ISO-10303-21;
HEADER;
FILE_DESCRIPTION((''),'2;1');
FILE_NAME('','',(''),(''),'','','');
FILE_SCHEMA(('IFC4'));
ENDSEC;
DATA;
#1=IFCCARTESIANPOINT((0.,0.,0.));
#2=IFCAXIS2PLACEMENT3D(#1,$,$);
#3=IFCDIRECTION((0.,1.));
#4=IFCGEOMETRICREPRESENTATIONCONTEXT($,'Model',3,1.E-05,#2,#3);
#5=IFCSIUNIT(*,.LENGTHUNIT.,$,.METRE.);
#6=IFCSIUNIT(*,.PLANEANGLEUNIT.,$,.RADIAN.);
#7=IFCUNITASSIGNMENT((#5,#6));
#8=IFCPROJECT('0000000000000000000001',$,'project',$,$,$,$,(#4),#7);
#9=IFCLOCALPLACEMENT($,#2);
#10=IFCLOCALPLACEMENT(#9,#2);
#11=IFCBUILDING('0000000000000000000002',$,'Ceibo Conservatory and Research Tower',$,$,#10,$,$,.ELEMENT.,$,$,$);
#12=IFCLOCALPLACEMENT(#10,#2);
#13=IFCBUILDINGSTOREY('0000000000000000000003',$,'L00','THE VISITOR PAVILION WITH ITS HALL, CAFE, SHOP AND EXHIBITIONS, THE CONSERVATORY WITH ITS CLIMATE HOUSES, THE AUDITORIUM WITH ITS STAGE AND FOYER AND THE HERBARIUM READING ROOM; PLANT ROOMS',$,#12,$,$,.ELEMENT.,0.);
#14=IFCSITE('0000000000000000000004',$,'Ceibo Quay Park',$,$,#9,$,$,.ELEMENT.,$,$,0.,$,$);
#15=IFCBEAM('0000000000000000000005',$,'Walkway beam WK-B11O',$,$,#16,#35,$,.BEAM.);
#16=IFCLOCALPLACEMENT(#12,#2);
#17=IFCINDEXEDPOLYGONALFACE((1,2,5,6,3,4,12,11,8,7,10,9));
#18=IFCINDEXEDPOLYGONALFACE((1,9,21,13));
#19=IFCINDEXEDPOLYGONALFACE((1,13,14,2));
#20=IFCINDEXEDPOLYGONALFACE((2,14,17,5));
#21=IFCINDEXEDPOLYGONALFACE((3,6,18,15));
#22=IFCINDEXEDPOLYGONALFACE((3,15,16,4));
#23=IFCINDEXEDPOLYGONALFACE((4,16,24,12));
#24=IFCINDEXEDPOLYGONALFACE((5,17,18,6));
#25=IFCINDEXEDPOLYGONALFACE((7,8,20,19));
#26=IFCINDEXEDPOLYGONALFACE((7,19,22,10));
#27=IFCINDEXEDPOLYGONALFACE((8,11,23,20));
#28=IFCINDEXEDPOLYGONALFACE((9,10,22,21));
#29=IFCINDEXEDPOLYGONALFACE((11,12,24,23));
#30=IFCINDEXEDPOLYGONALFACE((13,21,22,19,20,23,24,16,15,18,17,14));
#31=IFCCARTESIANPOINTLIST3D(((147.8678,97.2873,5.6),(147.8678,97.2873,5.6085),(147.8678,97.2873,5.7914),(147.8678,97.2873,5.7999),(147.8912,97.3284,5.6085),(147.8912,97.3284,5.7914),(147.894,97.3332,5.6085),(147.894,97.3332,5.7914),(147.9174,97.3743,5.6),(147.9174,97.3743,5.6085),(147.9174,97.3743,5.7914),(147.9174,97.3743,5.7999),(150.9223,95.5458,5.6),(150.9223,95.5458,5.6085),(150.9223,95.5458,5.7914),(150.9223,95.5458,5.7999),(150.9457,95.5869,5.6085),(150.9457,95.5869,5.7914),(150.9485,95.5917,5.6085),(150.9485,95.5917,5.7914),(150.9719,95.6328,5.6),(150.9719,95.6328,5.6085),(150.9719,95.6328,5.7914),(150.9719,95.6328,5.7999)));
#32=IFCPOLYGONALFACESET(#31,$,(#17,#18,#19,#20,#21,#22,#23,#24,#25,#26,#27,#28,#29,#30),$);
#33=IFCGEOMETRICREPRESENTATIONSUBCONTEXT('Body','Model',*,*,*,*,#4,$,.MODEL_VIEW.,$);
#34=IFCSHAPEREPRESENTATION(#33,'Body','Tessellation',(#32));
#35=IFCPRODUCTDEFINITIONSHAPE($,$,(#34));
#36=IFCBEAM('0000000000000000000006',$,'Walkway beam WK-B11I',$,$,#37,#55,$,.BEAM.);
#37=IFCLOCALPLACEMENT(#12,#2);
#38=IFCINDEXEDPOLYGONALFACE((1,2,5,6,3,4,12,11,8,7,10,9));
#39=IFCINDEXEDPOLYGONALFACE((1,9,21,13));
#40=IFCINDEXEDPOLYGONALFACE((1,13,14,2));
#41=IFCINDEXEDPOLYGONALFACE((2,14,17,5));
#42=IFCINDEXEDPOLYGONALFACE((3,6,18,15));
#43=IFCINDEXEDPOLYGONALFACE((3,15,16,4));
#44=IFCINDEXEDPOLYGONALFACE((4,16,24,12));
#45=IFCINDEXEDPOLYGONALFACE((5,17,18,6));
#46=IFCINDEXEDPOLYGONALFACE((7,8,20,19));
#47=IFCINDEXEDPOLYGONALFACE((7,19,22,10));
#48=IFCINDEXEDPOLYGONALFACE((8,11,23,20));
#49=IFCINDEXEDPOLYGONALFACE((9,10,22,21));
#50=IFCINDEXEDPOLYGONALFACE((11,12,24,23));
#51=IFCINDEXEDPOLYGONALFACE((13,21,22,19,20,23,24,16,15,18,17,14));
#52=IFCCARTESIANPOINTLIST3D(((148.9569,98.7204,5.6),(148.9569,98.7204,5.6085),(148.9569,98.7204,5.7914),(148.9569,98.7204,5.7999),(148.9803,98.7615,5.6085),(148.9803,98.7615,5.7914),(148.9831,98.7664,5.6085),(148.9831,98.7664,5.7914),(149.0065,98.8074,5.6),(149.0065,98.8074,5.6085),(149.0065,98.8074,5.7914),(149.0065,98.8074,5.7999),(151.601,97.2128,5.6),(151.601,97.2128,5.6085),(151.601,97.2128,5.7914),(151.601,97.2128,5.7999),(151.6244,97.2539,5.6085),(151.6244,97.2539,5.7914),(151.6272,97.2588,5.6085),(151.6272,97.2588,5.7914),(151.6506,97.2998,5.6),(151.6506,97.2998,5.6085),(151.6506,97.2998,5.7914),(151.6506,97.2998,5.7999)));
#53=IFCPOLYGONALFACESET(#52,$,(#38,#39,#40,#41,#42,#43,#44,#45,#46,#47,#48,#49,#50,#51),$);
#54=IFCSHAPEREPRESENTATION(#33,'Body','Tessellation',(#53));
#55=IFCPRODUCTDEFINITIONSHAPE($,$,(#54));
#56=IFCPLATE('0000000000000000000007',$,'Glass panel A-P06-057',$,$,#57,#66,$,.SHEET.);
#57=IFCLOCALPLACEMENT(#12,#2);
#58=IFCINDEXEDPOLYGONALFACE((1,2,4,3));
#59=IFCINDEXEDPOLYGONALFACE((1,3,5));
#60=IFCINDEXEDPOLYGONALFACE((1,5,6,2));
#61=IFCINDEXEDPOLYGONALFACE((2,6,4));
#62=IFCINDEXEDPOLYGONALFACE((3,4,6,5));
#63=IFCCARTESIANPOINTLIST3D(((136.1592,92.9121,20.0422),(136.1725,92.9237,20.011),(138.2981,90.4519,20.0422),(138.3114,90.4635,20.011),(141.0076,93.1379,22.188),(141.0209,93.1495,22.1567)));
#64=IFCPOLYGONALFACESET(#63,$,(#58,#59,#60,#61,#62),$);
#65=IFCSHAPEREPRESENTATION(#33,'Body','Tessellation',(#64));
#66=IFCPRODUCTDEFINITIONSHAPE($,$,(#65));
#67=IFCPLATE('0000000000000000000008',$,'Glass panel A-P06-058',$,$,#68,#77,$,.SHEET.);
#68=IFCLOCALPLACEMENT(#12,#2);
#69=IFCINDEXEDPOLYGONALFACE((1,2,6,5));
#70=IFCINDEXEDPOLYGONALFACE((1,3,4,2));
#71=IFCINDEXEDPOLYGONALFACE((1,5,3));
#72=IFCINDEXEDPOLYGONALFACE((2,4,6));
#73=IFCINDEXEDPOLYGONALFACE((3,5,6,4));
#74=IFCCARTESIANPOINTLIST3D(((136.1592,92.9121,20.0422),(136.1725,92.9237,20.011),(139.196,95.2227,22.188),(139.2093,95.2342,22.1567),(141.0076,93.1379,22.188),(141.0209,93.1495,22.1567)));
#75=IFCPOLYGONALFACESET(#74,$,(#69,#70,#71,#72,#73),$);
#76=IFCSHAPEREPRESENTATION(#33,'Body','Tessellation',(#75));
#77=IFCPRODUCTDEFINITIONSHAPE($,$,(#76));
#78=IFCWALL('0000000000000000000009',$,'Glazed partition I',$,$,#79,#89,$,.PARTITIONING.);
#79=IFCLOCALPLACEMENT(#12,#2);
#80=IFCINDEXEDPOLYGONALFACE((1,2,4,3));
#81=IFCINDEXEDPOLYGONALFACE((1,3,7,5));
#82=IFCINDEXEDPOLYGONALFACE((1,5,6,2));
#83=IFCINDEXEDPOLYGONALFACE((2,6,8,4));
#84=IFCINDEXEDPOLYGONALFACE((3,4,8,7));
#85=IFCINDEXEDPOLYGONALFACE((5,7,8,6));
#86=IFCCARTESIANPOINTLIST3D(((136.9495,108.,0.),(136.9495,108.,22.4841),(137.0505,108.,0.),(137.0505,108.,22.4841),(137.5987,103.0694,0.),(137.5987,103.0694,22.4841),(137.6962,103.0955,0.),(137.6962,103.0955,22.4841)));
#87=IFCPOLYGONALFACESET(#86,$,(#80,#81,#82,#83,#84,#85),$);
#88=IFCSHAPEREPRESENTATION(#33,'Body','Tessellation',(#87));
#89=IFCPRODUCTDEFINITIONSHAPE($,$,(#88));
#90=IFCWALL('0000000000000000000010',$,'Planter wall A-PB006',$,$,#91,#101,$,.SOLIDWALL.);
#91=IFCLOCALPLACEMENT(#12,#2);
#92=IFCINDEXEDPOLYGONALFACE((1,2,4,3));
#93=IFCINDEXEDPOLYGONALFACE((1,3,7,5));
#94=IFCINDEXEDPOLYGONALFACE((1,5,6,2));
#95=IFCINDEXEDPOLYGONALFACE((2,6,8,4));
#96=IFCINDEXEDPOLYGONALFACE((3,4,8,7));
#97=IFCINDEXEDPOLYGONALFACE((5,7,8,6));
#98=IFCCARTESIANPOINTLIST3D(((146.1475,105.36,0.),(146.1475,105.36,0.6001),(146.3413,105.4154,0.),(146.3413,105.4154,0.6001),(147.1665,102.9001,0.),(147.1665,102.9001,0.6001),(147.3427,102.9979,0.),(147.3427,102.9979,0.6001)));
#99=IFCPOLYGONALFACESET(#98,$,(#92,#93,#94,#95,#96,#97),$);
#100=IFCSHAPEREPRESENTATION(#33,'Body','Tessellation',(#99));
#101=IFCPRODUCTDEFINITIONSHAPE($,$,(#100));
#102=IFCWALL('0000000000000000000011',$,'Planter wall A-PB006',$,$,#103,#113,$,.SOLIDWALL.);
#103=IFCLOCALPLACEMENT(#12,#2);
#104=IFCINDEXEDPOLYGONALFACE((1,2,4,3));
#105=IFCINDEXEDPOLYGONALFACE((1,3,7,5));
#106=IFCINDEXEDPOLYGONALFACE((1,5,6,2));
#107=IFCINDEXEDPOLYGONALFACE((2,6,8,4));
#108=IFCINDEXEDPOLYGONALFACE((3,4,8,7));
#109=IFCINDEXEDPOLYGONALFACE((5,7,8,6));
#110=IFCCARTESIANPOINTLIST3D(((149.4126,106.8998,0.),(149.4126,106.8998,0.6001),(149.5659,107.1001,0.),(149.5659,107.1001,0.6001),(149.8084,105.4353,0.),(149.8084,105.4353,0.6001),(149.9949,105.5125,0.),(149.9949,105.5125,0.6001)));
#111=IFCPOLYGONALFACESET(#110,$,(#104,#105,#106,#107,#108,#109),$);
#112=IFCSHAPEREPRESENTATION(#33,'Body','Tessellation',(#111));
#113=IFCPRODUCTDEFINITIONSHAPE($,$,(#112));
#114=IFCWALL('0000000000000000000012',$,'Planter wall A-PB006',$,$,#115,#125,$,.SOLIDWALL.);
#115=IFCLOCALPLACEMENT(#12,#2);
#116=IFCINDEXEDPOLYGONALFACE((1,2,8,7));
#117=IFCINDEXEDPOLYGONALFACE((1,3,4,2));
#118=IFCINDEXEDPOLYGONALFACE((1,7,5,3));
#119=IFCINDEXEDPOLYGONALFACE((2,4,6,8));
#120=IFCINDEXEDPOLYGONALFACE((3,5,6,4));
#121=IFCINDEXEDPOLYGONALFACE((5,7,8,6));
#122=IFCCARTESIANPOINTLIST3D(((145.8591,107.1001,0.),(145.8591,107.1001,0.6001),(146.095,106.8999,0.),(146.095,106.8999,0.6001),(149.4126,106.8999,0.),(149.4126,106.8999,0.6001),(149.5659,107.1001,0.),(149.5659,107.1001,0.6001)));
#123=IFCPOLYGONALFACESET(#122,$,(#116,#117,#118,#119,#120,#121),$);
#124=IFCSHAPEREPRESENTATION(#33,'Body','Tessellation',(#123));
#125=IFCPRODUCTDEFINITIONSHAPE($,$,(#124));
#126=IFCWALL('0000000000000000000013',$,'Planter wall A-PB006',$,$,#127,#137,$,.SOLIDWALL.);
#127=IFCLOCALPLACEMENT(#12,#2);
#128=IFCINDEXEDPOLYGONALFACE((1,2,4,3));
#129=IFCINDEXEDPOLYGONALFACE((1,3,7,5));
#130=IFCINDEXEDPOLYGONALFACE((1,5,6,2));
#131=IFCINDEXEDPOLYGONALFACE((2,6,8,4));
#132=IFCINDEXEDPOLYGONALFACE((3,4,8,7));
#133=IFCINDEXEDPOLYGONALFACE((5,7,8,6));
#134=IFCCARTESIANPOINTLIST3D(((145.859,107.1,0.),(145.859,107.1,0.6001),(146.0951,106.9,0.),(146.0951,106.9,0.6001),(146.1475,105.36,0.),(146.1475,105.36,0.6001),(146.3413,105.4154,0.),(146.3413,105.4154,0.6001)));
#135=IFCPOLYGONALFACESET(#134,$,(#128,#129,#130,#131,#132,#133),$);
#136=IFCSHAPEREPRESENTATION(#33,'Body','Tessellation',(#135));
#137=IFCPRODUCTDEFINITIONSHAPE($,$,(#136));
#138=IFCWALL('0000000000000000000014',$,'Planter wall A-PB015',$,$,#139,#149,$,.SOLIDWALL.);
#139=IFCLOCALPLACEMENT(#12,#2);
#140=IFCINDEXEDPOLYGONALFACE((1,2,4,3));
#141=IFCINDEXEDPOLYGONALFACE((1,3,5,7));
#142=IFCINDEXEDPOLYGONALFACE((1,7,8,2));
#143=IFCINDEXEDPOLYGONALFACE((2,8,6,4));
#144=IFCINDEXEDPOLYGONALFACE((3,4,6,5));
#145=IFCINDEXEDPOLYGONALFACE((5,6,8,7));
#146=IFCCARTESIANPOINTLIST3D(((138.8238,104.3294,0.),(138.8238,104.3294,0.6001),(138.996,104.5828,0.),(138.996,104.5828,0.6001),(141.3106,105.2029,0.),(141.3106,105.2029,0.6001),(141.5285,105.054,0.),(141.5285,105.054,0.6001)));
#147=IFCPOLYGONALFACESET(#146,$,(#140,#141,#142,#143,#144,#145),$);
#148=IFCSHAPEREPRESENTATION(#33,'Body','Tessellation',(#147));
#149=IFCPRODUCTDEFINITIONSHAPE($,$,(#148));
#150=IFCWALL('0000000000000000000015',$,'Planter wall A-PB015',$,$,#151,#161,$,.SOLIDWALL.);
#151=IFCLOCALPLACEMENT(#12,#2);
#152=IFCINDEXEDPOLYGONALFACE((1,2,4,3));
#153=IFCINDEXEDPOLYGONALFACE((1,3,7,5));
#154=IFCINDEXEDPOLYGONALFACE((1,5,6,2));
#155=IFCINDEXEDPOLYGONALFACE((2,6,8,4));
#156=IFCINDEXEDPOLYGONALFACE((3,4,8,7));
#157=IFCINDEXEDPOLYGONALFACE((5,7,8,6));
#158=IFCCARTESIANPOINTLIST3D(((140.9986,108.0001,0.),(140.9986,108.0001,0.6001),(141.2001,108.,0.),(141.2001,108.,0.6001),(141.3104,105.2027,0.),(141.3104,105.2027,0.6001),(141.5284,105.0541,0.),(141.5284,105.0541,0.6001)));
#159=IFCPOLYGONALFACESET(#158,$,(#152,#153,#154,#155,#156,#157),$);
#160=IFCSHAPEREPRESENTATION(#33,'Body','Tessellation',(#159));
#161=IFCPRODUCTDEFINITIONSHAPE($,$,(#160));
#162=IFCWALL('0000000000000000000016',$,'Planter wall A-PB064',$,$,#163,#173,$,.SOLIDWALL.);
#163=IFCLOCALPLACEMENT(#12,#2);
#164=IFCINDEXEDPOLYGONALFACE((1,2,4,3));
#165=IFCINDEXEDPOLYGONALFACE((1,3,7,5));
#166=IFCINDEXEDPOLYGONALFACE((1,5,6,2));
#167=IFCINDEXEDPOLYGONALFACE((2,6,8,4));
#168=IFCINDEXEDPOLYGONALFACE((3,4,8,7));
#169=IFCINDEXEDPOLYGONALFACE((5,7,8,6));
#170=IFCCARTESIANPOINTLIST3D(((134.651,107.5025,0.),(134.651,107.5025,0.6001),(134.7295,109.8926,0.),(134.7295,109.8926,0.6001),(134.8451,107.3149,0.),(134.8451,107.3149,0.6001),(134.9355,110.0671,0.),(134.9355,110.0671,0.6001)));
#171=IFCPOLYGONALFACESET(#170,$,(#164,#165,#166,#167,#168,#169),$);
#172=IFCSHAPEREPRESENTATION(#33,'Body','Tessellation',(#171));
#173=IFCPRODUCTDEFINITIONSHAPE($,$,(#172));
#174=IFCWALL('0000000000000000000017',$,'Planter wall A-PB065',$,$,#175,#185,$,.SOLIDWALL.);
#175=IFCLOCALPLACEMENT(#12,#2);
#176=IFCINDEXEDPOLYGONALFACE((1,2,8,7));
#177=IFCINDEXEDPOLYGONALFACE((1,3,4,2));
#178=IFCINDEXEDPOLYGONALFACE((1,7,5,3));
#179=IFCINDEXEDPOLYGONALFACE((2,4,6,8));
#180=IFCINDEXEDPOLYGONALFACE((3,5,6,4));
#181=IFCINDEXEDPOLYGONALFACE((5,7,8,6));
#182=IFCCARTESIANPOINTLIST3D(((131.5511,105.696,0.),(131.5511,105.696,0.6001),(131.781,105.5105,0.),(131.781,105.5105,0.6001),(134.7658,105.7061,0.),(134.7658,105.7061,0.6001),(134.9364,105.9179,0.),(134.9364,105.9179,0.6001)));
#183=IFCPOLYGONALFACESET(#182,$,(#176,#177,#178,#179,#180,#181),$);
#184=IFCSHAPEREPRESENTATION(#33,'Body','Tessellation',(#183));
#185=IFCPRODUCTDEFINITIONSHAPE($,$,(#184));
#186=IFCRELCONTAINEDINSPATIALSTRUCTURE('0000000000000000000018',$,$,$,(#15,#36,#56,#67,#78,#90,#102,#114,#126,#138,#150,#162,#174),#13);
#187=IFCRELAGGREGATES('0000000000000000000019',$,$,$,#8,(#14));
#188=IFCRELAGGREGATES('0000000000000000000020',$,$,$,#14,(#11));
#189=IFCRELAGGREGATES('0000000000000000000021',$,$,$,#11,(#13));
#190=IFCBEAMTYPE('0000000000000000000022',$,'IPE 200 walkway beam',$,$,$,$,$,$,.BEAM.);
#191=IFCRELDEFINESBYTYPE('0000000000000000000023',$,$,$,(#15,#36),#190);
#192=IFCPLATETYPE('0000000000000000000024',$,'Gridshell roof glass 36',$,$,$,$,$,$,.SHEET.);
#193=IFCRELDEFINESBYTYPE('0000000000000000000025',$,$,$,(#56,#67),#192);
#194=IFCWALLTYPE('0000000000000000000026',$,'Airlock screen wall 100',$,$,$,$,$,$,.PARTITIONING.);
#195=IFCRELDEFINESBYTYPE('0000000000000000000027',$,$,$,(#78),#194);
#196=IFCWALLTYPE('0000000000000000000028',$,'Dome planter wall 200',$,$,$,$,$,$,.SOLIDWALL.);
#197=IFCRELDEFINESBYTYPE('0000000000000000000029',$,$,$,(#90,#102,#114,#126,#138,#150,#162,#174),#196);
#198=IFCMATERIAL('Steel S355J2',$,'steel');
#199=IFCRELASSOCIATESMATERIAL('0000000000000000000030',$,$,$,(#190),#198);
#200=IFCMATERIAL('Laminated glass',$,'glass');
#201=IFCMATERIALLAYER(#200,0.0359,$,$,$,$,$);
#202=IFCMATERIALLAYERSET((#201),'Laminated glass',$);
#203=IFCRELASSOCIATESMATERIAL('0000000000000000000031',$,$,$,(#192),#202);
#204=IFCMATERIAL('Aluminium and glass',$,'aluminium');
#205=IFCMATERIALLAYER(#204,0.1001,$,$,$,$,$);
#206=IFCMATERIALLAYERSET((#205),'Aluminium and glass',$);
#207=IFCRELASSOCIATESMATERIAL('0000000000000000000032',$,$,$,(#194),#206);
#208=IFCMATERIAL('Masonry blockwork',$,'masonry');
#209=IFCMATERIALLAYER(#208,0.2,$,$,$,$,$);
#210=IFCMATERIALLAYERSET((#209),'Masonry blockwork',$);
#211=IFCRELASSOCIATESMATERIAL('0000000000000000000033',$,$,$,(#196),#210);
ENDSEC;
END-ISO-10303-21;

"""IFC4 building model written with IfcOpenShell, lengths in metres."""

from ifc_helpers import new_model, si_unit, direction, frame, origin, origin_2d, place, context, subcontext, project, spatial, polyline, i_section, outline, extrude, material, layer, layer_set, material_profile, profile_set, type_object, element, save


model = new_model("IFC4")

# Units and contexts
model_context = context("Model", 3, precision=1e-05, world=origin(), true_north=direction((0.0, 1.0)))
body_context = subcontext(model_context, "Body", "Model", "MODEL_VIEW")
ifc_project = project(units=[si_unit("LENGTHUNIT", "METRE"), si_unit("PLANEANGLEUNIT", "RADIAN")], contexts=[model_context])

# Site, building, storey
site_placement = place(None, origin())
site = spatial("IfcSite", under=ifc_project, at=site_placement, Name="Ceibo Quay Park", CompositionType="ELEMENT", RefElevation=0.0)
building_placement = place(site_placement, origin())
building = spatial("IfcBuilding", under=site, at=building_placement, Name="Ceibo Conservatory and Research Tower", CompositionType="ELEMENT")
storey_placement = place(building_placement, origin())
storey = spatial("IfcBuildingStorey", under=building, at=storey_placement, Name="L00", Description="THE VISITOR PAVILION WITH ITS HALL, CAFE, SHOP AND EXHIBITIONS, THE CONSERVATORY WITH ITS CLIMATE HOUSES, THE AUDITORIUM WITH ITS STAGE AND FOYER AND THE HERBARIUM READING ROOM; PLANT ROOMS", CompositionType="ELEMENT", Elevation=0.0)

# Beams
ifc_material_1 = material(Name="Steel S355J2", Category="steel")
ifc_material_profile_1 = material_profile(ifc_material_1, i_section(OverallWidth=0.1001, OverallDepth=0.2, WebThickness=0.0056, FlangeThickness=0.0085, at=origin_2d()), Name="IPE 200")
ifc_profile_set_1 = profile_set([ifc_material_profile_1], Name="Steel S355J2")
beam_type = type_object("IfcBeamType", Name="IPE 200 walkway beam", PredefinedType="BEAM", material=ifc_profile_set_1)
beam_1_placement = place(storey_placement, frame((147.8926, 97.3308, 5.7), z_axis=(0.868726, -0.495294, 0.0), x_axis=(0.495294, 0.868726, 0.0)))
element("IfcBeam", 1, at=beam_1_placement, inside=storey, type_object=beam_type, Name="Walkway beam WK-B11O", PredefinedType="BEAM", context=body_context, shape_type="SweptSolid", body=[
    extrude(i_section(OverallWidth=0.1001, OverallDepth=0.2, WebThickness=0.0056, FlangeThickness=0.0085, at=origin_2d()), origin(), (0.0, 0.0, 1.0), 3.5161),
])
beam_2_placement = place(storey_placement, frame((148.9817, 98.7639, 5.7), z_axis=(0.868712, -0.495318, 0.0), x_axis=(0.495318, 0.868712, 0.0)))
element("IfcBeam", 2, at=beam_2_placement, inside=storey, type_object=beam_type, Name="Walkway beam WK-B11I", PredefinedType="BEAM", context=body_context, shape_type="SweptSolid", body=[
    extrude(i_section(OverallWidth=0.1001, OverallDepth=0.2, WebThickness=0.0056, FlangeThickness=0.0085, at=origin_2d()), origin(), (0.0, 0.0, 1.0), 3.0437),
])

# Plates
ifc_material_2 = material(Name="Laminated glass", Category="glass")
ifc_layer_1 = layer(ifc_material_2, 0.0359)
ifc_layer_set_1 = layer_set([ifc_layer_1], Name="Laminated glass")
plate_type = type_object("IfcPlateType", Name="Gridshell roof glass 36", PredefinedType="SHEET", material=ifc_layer_set_1)
plate_1_placement = place(storey_placement, frame((136.1592, 92.9121, 20.0422), z_axis=(-0.370543, -0.322152, 0.871158), x_axis=(0.65611, -0.754665, 0.0)))
element("IfcPlate", 3, at=plate_1_placement, inside=storey, type_object=plate_type, Name="Glass panel A-P06-057", PredefinedType="SHEET", context=body_context, shape_type="SweptSolid", body=[
    extrude(outline(polyline([(0.0, 0.0), (3.26, 0.0), (3.0107, 4.3701), (0.0, 0.0)])), origin(), (0.0, 0.0, -1.0), 0.0359),
])
plate_2_placement = place(storey_placement, frame((136.1592, 92.9121, 20.0422), z_axis=(-0.370569, -0.322007, 0.8712), x_axis=(0.913618, 0.042555, 0.40434)))
element("IfcPlate", 4, at=plate_2_placement, inside=storey, type_object=plate_type, Name="Glass panel A-P06-058", PredefinedType="SHEET", context=body_context, shape_type="SweptSolid", body=[
    extrude(outline(polyline([(0.0, 0.0), (5.3068, 0.0), (3.7405, 2.2747), (0.0, 0.0)])), origin(), (0.0, 0.0, -1.0), 0.0359),
])

# Walls
ifc_material_3 = material(Name="Aluminium and glass", Category="aluminium")
ifc_layer_2 = layer(ifc_material_3, 0.1001)
ifc_layer_set_2 = layer_set([ifc_layer_2], Name="Aluminium and glass")
wall_type_1 = type_object("IfcWallType", Name="Airlock screen wall 100", PredefinedType="PARTITIONING", material=ifc_layer_set_2)
wall_1_placement = place(storey_placement, frame((137.0, 108.0, 0.0), z_axis=(0.0, 0.0, 1.0), x_axis=(0.130539, -0.991443, 0.0)))
element("IfcWall", 5, at=wall_1_placement, inside=storey, type_object=wall_type_1, Name="Glazed partition I", PredefinedType="PARTITIONING", context=body_context, shape_type="SweptSolid", body=[
    extrude(outline(polyline([(-0.0066, -0.05), (4.9666, -0.05), (4.9534, 0.05), (0.0066, 0.05), (-0.0066, -0.05)])), origin(), (0.0, 0.0, 1.0), 22.4841),
])
ifc_material_4 = material(Name="Masonry blockwork", Category="masonry")
ifc_layer_3 = layer(ifc_material_4, 0.2)
ifc_layer_set_3 = layer_set([ifc_layer_3], Name="Masonry blockwork")
wall_type_2 = type_object("IfcWallType", Name="Dome planter wall 200", PredefinedType="SOLIDWALL", material=ifc_layer_set_3)
wall_2_placement = place(storey_placement, frame((146.2444, 105.3877, 0.0), z_axis=(0.0, 0.0, 1.0), x_axis=(0.382717, -0.923866, 0.0)))
element("IfcWall", 6, at=wall_2_placement, inside=storey, type_object=wall_type_2, Name="Planter wall A-PB006", PredefinedType="SOLIDWALL", context=body_context, shape_type="SweptSolid", body=[
    extrude(outline(polyline([(-0.0115, -0.1001), (2.6511, -0.1001), (2.6282, 0.1001), (0.0115, 0.1001), (-0.0115, -0.1001)])), origin(), (0.0, 0.0, 1.0), 0.6001),
])
wall_3_placement = place(storey_placement, frame((149.9016, 105.4739, 0.0), z_axis=(0.0, 0.0, 1.0), x_axis=(-0.260843, 0.965381, 0.0)))
element("IfcWall", 7, at=wall_3_placement, inside=storey, type_object=wall_type_2, Name="Planter wall A-PB006", PredefinedType="SOLIDWALL", context=body_context, shape_type="SweptSolid", body=[
    extrude(outline(polyline([(0.0129, -0.1001), (1.6575, -0.1001), (1.5042, 0.1001), (-0.0129, 0.1001), (0.0129, -0.1001)])), origin(), (0.0, 0.0, 1.0), 0.6001),
])
wall_4_placement = place(storey_placement, frame((149.4893, 107.0, 0.0), z_axis=(0.0, 0.0, 1.0), x_axis=(-1.0, 0.0, 0.0)))
element("IfcWall", 8, at=wall_4_placement, inside=storey, type_object=wall_type_2, Name="Planter wall A-PB006", PredefinedType="SOLIDWALL", context=body_context, shape_type="SweptSolid", body=[
    extrude(outline(polyline([(-0.0767, -0.1001), (3.6301, -0.1001), (3.3943, 0.1001), (0.0767, 0.1001), (-0.0767, -0.1001)])), origin(), (0.0, 0.0, 1.0), 0.6001),
])
wall_5_placement = place(storey_placement, frame((145.9771, 107.0, 0.0), z_axis=(0.0, 0.0, 1.0), x_axis=(0.163575, -0.986531, 0.0)))
element("IfcWall", 9, at=wall_5_placement, inside=storey, type_object=wall_type_2, Name="Planter wall A-PB006", PredefinedType="SOLIDWALL", context=body_context, shape_type="SweptSolid", body=[
    extrude(outline(polyline([(-0.1179, -0.1001), (1.6458, -0.1001), (1.6228, 0.1001), (0.1179, 0.1001), (-0.1179, -0.1001)])), origin(), (0.0, 0.0, 1.0), 0.6001),
])
wall_6_placement = place(storey_placement, frame((138.9099, 104.4561, 0.0), z_axis=(0.0, 0.0, 1.0), x_axis=(0.965932, 0.258797, 0.0)))
element("IfcWall", 10, at=wall_6_placement, inside=storey, type_object=wall_type_2, Name="Planter wall A-PB015", PredefinedType="SOLIDWALL", context=body_context, shape_type="SweptSolid", body=[
    extrude(outline(polyline([(-0.116, -0.1001), (2.6841, -0.1001), (2.5122, 0.1001), (0.116, 0.1001), (-0.116, -0.1001)])), origin(), (0.0, 0.0, 1.0), 0.6001),
])
wall_7_placement = place(storey_placement, frame((141.4194, 105.1284, 0.0), z_axis=(0.0, 0.0, 1.0), x_axis=(-0.110775, 0.993846, 0.0)))
element("IfcWall", 11, at=wall_7_placement, inside=storey, type_object=wall_type_2, Name="Planter wall A-PB015", PredefinedType="SOLIDWALL", context=body_context, shape_type="SweptSolid", body=[
    extrude(outline(polyline([(-0.0859, -0.1001), (2.8782, -0.1001), (2.9006, 0.1001), (0.0859, 0.1001), (-0.0859, -0.1001)])), origin(), (0.0, 0.0, 1.0), 0.6001),
])
wall_8_placement = place(storey_placement, frame((134.748, 107.4087, 0.0), z_axis=(0.0, 0.0, 1.0), x_axis=(0.032838, 0.999461, 0.0)))
element("IfcWall", 12, at=wall_8_placement, inside=storey, type_object=wall_type_2, Name="Planter wall A-PB064", PredefinedType="SOLIDWALL", context=body_context, shape_type="SweptSolid", body=[
    extrude(outline(polyline([(-0.0906, -0.1001), (2.6631, -0.1001), (2.4819, 0.1001), (0.0906, 0.1001), (-0.0906, -0.1001)])), origin(), (0.0, 0.0, 1.0), 0.6001),
])
wall_9_placement = place(storey_placement, frame((134.8511, 105.812, 0.0), z_axis=(0.0, 0.0, 1.0), x_axis=(-0.997859, -0.065397, 0.0)))
element("IfcWall", 13, at=wall_9_placement, inside=storey, type_object=wall_type_2, Name="Planter wall A-PB065", PredefinedType="SOLIDWALL", context=body_context, shape_type="SweptSolid", body=[
    extrude(outline(polyline([(-0.092, -0.1001), (3.3005, -0.1001), (3.0833, 0.1001), (0.092, 0.1001), (-0.092, -0.1001)])), origin(), (0.0, 0.0, 1.0), 0.6001),
])

save(model, "model.ifc")
